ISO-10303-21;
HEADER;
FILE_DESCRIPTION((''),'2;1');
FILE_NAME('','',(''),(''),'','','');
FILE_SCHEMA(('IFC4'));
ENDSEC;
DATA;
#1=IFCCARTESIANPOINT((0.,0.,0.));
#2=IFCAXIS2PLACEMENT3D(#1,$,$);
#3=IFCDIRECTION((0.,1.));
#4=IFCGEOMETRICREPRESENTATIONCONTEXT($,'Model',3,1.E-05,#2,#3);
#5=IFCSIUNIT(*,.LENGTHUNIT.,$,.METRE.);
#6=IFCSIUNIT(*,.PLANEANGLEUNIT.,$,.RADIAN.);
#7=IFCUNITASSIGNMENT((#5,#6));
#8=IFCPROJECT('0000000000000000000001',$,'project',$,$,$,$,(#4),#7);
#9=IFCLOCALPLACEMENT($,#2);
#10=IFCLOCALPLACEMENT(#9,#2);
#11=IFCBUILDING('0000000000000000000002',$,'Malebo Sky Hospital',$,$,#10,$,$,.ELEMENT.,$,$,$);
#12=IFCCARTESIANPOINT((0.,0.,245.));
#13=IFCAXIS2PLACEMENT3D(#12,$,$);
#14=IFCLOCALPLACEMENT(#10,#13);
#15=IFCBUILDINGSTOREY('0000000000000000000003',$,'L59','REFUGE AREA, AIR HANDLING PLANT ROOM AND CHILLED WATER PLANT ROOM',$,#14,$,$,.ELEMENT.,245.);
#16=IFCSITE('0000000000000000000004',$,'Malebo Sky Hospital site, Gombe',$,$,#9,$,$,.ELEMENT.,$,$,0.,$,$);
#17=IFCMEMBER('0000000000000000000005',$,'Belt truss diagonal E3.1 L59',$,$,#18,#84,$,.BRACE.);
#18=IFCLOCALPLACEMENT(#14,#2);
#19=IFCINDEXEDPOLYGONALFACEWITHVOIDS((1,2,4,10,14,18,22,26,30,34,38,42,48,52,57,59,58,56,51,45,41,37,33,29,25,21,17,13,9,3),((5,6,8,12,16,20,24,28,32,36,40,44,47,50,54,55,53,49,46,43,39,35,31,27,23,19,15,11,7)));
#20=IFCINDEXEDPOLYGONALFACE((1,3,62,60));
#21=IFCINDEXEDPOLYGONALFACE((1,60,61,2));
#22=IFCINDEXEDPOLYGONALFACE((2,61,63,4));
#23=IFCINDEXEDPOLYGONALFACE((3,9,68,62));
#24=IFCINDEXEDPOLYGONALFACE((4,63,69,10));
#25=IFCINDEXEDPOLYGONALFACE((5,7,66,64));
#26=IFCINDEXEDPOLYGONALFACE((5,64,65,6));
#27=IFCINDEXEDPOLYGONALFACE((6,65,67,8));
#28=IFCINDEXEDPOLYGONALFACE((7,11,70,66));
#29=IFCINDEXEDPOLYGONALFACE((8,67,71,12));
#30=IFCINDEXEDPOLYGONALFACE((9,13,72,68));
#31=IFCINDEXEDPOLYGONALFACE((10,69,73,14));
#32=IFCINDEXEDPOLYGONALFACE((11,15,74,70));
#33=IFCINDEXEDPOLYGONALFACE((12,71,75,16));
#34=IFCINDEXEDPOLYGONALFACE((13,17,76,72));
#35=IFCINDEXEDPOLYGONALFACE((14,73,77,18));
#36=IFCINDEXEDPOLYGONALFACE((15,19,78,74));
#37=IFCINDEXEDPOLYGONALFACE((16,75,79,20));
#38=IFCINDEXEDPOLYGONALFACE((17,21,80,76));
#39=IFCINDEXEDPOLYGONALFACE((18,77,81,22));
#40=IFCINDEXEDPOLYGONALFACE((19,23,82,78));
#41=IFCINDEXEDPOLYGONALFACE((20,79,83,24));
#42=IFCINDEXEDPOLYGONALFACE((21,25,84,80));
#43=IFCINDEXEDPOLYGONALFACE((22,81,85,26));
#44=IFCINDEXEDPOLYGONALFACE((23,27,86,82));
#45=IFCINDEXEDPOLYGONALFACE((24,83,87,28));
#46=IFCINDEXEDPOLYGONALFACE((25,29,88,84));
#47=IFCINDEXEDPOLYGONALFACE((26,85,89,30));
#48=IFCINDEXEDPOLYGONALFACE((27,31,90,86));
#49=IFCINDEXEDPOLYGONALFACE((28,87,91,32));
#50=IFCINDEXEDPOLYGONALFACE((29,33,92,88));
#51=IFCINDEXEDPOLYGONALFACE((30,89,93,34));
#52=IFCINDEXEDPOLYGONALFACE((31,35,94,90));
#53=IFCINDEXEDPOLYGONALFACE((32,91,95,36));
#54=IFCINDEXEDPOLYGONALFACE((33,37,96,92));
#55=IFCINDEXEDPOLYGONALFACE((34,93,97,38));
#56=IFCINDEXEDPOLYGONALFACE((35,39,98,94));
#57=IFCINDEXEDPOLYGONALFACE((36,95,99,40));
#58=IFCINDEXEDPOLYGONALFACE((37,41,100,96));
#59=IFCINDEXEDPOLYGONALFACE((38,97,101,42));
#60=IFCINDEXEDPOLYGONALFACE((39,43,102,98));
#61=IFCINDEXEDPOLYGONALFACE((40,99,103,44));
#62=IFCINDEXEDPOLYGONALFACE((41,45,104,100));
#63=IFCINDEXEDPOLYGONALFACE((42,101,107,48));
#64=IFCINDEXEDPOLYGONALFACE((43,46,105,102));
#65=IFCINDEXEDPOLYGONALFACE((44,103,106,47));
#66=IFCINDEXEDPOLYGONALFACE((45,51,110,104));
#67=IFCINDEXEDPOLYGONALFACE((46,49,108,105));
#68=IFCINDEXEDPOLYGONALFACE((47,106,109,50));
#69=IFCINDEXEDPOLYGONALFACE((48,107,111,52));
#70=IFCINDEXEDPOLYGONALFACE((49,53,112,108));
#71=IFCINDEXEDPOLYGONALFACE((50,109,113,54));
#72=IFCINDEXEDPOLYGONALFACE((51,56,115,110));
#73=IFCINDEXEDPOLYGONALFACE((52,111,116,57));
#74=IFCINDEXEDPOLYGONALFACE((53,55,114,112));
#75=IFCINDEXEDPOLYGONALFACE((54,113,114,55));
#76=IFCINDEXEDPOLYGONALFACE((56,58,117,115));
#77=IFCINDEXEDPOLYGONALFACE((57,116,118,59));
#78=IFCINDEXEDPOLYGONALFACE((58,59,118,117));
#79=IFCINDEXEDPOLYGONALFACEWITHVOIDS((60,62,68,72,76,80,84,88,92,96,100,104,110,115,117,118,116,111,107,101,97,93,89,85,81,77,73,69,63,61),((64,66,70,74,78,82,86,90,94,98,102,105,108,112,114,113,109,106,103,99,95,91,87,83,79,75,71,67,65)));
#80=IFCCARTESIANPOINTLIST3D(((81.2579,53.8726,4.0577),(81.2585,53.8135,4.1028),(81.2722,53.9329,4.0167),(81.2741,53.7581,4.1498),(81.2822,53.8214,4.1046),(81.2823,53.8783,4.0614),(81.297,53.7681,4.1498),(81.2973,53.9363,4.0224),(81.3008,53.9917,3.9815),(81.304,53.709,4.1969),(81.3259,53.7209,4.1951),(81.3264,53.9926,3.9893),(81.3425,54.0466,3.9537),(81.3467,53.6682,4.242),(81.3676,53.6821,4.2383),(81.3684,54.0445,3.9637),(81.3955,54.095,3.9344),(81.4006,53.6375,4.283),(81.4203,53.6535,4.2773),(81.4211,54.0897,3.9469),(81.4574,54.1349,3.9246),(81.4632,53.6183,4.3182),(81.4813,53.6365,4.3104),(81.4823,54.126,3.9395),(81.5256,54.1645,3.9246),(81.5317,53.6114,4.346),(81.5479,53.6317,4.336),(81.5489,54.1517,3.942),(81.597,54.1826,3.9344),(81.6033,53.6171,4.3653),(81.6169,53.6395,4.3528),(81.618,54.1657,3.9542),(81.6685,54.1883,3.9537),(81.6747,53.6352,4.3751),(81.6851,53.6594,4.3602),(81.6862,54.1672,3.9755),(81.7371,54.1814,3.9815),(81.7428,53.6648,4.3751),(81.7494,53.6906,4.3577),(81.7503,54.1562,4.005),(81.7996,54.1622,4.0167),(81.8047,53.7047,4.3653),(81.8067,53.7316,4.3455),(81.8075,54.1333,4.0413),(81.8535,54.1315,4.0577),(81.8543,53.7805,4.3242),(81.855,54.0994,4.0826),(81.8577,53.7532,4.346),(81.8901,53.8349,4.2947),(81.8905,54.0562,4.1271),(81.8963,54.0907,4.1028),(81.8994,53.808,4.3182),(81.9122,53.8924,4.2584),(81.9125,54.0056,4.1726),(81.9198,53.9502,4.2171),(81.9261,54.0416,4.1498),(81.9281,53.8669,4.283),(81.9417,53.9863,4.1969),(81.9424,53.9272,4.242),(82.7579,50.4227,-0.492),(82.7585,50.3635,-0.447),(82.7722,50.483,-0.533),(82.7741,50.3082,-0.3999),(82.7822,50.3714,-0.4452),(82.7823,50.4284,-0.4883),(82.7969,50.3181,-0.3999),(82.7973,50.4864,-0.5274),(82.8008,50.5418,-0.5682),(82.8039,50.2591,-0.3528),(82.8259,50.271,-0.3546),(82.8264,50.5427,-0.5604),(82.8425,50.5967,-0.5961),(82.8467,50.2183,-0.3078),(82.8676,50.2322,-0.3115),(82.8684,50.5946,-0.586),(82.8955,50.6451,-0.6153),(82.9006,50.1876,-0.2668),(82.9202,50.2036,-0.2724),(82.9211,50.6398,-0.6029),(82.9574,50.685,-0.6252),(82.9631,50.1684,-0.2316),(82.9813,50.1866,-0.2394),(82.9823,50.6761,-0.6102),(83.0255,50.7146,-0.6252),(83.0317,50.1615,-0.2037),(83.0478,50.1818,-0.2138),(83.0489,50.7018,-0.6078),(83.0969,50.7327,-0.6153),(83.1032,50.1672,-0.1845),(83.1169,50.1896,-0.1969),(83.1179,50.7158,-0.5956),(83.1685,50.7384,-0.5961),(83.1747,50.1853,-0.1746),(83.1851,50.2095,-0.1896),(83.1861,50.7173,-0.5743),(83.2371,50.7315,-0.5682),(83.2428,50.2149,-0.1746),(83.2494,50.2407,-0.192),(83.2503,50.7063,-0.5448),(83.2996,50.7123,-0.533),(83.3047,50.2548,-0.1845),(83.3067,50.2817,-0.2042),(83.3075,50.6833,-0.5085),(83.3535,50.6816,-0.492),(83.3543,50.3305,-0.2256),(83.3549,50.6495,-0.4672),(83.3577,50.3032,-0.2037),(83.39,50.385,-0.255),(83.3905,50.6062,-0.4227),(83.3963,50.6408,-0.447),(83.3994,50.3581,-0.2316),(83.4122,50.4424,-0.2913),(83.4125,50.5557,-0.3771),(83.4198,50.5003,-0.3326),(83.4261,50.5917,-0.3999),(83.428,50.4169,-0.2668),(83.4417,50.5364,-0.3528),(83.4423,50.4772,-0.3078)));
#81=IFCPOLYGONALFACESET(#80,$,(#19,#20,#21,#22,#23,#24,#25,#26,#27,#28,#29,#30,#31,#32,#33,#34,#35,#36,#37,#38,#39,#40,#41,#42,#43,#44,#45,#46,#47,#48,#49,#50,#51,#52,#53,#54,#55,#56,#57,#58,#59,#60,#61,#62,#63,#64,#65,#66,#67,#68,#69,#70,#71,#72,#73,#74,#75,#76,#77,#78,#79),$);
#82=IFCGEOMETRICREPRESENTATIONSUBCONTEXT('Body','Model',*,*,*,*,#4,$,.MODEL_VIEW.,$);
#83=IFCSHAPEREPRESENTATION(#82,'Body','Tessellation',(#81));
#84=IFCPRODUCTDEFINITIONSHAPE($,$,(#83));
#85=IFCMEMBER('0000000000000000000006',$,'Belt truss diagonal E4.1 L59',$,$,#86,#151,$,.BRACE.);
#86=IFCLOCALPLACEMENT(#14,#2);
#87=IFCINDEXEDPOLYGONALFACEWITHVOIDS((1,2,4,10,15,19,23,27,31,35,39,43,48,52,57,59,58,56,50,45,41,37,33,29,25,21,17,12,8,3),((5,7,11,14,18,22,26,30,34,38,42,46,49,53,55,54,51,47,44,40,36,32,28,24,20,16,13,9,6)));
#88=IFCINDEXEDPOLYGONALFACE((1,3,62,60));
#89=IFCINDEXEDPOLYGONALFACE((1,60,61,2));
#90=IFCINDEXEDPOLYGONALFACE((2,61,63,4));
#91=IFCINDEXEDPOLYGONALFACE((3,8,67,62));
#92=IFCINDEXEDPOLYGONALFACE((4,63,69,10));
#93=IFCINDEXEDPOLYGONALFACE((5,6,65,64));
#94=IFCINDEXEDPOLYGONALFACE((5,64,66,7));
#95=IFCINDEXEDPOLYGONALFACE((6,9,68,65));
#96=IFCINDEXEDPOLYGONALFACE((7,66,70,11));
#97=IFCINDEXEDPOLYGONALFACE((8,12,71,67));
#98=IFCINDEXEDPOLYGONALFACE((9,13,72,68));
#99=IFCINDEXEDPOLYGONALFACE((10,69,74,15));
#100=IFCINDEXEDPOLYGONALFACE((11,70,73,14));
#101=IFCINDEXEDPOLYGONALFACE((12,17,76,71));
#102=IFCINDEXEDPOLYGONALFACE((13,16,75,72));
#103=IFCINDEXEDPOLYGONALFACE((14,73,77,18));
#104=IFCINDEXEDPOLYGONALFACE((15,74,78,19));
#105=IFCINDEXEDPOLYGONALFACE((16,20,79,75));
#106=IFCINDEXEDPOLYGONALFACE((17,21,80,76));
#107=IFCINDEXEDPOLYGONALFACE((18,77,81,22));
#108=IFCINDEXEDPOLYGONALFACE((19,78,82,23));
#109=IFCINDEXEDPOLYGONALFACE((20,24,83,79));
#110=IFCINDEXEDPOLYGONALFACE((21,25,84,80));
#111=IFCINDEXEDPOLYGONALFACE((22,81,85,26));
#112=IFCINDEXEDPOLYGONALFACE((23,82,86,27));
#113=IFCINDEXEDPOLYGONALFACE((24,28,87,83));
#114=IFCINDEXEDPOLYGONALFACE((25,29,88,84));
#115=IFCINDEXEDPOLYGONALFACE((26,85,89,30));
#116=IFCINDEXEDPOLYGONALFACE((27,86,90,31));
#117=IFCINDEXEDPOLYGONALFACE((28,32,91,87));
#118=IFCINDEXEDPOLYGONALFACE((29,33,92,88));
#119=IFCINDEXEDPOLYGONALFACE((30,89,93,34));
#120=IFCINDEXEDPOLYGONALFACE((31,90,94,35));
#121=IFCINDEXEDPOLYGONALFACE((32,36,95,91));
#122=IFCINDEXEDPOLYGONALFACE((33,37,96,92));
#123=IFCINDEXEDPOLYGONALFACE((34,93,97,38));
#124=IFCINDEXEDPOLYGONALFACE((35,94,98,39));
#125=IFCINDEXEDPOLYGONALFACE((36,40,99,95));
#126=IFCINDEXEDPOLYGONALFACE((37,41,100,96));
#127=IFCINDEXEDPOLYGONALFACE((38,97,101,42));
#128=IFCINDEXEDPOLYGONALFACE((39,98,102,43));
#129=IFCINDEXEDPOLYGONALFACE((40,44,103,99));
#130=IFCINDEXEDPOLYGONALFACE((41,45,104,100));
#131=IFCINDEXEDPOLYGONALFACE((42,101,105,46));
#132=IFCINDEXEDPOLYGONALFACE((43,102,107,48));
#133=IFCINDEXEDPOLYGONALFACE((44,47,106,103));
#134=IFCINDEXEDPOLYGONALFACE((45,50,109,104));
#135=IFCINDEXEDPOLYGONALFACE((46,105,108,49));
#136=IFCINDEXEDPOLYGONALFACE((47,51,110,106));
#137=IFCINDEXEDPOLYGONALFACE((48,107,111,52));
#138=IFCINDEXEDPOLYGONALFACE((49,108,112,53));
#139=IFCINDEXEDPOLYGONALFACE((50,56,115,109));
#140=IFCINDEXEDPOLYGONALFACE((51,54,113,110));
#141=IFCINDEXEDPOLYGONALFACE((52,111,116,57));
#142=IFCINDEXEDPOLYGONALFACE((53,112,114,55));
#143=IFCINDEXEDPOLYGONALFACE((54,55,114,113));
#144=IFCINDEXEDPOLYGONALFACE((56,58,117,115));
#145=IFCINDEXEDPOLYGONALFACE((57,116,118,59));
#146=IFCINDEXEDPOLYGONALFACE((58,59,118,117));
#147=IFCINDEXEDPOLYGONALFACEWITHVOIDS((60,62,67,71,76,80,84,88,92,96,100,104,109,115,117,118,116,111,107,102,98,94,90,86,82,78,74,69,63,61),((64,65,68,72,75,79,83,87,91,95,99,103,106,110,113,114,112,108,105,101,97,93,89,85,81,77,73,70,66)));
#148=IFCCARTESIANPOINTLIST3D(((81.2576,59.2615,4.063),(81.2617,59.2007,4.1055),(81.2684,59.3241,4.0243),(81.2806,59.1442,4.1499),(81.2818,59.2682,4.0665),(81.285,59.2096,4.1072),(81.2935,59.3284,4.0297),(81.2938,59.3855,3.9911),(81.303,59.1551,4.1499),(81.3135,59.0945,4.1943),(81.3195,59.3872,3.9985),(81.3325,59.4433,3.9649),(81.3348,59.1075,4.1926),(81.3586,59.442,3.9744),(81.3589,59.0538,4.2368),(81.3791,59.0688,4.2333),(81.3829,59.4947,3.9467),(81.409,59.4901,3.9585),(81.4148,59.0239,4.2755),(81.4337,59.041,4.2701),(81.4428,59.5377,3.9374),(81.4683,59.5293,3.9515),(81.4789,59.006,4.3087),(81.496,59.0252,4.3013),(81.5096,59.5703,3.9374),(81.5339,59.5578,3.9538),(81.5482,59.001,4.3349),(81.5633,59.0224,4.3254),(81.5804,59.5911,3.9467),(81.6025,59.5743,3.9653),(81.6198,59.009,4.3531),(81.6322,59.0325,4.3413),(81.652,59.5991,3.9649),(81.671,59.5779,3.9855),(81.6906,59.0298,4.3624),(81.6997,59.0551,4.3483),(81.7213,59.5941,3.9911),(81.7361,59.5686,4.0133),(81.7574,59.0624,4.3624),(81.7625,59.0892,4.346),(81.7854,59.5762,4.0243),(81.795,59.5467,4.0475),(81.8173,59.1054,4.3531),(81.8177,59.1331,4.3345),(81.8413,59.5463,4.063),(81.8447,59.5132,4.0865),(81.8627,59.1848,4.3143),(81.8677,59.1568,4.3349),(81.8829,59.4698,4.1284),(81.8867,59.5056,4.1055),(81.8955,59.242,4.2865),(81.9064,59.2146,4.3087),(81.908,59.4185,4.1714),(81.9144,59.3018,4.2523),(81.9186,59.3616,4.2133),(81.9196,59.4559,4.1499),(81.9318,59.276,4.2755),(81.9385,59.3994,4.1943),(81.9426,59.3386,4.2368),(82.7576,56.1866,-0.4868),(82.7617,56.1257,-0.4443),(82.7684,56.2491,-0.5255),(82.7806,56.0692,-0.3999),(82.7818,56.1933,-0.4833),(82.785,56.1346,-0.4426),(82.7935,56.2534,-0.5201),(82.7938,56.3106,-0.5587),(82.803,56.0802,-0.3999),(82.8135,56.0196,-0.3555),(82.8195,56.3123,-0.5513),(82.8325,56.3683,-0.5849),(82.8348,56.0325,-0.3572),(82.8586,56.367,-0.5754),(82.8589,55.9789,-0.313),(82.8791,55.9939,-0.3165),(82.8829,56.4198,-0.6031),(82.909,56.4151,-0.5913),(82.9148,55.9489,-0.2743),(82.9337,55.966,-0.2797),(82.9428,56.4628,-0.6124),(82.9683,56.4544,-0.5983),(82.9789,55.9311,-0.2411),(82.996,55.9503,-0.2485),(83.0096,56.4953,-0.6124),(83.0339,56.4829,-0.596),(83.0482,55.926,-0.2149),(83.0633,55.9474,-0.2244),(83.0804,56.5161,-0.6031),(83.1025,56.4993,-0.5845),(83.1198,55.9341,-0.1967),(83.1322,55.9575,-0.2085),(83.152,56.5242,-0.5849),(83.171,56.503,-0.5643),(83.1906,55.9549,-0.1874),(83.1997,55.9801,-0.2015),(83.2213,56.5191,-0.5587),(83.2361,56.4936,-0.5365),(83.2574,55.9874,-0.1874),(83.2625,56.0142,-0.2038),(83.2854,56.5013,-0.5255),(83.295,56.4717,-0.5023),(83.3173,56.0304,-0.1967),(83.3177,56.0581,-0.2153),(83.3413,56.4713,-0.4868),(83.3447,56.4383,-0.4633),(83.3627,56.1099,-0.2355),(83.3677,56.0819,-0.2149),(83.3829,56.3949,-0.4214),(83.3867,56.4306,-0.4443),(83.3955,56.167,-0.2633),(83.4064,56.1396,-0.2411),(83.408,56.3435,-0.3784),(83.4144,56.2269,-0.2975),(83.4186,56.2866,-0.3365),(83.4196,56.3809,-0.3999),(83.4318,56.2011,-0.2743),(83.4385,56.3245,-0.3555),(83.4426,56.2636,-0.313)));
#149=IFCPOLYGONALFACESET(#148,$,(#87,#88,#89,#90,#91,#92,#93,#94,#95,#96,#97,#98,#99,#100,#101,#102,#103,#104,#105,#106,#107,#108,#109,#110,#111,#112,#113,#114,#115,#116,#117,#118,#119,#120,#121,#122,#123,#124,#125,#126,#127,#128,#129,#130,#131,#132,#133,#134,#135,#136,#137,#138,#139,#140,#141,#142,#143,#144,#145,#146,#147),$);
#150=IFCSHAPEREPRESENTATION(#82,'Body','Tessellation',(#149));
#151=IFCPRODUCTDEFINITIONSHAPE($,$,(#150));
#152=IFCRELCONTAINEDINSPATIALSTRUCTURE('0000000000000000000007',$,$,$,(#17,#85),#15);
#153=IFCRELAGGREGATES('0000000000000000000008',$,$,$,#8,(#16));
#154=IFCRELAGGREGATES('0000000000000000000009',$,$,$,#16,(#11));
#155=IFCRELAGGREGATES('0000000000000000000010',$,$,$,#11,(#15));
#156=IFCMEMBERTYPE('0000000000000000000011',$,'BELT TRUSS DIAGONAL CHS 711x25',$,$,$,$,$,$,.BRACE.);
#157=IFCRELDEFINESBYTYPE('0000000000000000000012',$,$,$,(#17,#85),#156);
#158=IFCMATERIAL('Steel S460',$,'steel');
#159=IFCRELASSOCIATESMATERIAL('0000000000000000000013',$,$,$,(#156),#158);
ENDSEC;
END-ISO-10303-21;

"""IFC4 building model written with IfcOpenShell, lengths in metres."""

from ifc_helpers import new_model, si_unit, direction, frame, origin, origin_2d, place, context, subcontext, project, spatial, hollow_circle, extrude, material, material_profile, profile_set, type_object, element, save


model = new_model("IFC4")

# Units and contexts
model_context = context("Model", 3, precision=1e-05, world=origin(), true_north=direction((0.0, 1.0)))
body_context = subcontext(model_context, "Body", "Model", "MODEL_VIEW")
ifc_project = project(units=[si_unit("LENGTHUNIT", "METRE"), si_unit("PLANEANGLEUNIT", "RADIAN")], contexts=[model_context])

# Site, building, storey
site_placement = place(None, origin())
site = spatial("IfcSite", under=ifc_project, at=site_placement, Name="Malebo Sky Hospital site, Gombe", CompositionType="ELEMENT", RefElevation=0.0)
building_placement = place(site_placement, origin())
building = spatial("IfcBuilding", under=site, at=building_placement, Name="Malebo Sky Hospital", CompositionType="ELEMENT")
storey_placement = place(building_placement, frame((0.0, 0.0, 245.0)))
storey = spatial("IfcBuildingStorey", under=building, at=storey_placement, Name="L59", Description="REFUGE AREA, AIR HANDLING PLANT ROOM AND CHILLED WATER PLANT ROOM", CompositionType="ELEMENT", Elevation=245.0)

# Members
ifc_material_1 = material(Name="Steel S460", Category="steel")
ifc_material_profile_1 = material_profile(ifc_material_1, hollow_circle(Radius=0.3555, WallThickness=0.0249, at=origin_2d()), Name="CHS 711x25")
ifc_profile_set_1 = profile_set([ifc_material_profile_1], Name="Steel S460")
member_type_1 = type_object("IfcMemberType", Name="BELT TRUSS DIAGONAL CHS 711x25", PredefinedType="BRACE", material=ifc_profile_set_1)
member_1_placement = place(storey_placement, frame((83.1001, 50.45, -0.3999), z_axis=(-0.254081, 0.584378, 0.770679), x_axis=(-0.917068, -0.398731, 0.0)))
element("IfcMember", 1, at=member_1_placement, inside=storey, type_object=member_type_1, Name="Belt truss diagonal E3.1 L59", PredefinedType="BRACE", context=body_context, shape_type="SweptSolid", body=[
    extrude(hollow_circle(Radius=0.3555, WallThickness=0.0249, at=origin_2d()), origin(), (0.0, 0.0, 1.0), 5.9036),
])
member_2_placement = place(storey_placement, frame((83.1001, 56.2251, -0.3999), z_axis=(-0.263499, 0.540163, 0.799245), x_axis=(-0.898766, -0.438429, 0.0)))
element("IfcMember", 2, at=member_2_placement, inside=storey, type_object=member_type_1, Name="Belt truss diagonal E4.1 L59", PredefinedType="BRACE", context=body_context, shape_type="SweptSolid", body=[
    extrude(hollow_circle(Radius=0.3555, WallThickness=0.0249, at=origin_2d()), origin(), (0.0, 0.0, 1.0), 5.6926),
])

save(model, "model.ifc")
